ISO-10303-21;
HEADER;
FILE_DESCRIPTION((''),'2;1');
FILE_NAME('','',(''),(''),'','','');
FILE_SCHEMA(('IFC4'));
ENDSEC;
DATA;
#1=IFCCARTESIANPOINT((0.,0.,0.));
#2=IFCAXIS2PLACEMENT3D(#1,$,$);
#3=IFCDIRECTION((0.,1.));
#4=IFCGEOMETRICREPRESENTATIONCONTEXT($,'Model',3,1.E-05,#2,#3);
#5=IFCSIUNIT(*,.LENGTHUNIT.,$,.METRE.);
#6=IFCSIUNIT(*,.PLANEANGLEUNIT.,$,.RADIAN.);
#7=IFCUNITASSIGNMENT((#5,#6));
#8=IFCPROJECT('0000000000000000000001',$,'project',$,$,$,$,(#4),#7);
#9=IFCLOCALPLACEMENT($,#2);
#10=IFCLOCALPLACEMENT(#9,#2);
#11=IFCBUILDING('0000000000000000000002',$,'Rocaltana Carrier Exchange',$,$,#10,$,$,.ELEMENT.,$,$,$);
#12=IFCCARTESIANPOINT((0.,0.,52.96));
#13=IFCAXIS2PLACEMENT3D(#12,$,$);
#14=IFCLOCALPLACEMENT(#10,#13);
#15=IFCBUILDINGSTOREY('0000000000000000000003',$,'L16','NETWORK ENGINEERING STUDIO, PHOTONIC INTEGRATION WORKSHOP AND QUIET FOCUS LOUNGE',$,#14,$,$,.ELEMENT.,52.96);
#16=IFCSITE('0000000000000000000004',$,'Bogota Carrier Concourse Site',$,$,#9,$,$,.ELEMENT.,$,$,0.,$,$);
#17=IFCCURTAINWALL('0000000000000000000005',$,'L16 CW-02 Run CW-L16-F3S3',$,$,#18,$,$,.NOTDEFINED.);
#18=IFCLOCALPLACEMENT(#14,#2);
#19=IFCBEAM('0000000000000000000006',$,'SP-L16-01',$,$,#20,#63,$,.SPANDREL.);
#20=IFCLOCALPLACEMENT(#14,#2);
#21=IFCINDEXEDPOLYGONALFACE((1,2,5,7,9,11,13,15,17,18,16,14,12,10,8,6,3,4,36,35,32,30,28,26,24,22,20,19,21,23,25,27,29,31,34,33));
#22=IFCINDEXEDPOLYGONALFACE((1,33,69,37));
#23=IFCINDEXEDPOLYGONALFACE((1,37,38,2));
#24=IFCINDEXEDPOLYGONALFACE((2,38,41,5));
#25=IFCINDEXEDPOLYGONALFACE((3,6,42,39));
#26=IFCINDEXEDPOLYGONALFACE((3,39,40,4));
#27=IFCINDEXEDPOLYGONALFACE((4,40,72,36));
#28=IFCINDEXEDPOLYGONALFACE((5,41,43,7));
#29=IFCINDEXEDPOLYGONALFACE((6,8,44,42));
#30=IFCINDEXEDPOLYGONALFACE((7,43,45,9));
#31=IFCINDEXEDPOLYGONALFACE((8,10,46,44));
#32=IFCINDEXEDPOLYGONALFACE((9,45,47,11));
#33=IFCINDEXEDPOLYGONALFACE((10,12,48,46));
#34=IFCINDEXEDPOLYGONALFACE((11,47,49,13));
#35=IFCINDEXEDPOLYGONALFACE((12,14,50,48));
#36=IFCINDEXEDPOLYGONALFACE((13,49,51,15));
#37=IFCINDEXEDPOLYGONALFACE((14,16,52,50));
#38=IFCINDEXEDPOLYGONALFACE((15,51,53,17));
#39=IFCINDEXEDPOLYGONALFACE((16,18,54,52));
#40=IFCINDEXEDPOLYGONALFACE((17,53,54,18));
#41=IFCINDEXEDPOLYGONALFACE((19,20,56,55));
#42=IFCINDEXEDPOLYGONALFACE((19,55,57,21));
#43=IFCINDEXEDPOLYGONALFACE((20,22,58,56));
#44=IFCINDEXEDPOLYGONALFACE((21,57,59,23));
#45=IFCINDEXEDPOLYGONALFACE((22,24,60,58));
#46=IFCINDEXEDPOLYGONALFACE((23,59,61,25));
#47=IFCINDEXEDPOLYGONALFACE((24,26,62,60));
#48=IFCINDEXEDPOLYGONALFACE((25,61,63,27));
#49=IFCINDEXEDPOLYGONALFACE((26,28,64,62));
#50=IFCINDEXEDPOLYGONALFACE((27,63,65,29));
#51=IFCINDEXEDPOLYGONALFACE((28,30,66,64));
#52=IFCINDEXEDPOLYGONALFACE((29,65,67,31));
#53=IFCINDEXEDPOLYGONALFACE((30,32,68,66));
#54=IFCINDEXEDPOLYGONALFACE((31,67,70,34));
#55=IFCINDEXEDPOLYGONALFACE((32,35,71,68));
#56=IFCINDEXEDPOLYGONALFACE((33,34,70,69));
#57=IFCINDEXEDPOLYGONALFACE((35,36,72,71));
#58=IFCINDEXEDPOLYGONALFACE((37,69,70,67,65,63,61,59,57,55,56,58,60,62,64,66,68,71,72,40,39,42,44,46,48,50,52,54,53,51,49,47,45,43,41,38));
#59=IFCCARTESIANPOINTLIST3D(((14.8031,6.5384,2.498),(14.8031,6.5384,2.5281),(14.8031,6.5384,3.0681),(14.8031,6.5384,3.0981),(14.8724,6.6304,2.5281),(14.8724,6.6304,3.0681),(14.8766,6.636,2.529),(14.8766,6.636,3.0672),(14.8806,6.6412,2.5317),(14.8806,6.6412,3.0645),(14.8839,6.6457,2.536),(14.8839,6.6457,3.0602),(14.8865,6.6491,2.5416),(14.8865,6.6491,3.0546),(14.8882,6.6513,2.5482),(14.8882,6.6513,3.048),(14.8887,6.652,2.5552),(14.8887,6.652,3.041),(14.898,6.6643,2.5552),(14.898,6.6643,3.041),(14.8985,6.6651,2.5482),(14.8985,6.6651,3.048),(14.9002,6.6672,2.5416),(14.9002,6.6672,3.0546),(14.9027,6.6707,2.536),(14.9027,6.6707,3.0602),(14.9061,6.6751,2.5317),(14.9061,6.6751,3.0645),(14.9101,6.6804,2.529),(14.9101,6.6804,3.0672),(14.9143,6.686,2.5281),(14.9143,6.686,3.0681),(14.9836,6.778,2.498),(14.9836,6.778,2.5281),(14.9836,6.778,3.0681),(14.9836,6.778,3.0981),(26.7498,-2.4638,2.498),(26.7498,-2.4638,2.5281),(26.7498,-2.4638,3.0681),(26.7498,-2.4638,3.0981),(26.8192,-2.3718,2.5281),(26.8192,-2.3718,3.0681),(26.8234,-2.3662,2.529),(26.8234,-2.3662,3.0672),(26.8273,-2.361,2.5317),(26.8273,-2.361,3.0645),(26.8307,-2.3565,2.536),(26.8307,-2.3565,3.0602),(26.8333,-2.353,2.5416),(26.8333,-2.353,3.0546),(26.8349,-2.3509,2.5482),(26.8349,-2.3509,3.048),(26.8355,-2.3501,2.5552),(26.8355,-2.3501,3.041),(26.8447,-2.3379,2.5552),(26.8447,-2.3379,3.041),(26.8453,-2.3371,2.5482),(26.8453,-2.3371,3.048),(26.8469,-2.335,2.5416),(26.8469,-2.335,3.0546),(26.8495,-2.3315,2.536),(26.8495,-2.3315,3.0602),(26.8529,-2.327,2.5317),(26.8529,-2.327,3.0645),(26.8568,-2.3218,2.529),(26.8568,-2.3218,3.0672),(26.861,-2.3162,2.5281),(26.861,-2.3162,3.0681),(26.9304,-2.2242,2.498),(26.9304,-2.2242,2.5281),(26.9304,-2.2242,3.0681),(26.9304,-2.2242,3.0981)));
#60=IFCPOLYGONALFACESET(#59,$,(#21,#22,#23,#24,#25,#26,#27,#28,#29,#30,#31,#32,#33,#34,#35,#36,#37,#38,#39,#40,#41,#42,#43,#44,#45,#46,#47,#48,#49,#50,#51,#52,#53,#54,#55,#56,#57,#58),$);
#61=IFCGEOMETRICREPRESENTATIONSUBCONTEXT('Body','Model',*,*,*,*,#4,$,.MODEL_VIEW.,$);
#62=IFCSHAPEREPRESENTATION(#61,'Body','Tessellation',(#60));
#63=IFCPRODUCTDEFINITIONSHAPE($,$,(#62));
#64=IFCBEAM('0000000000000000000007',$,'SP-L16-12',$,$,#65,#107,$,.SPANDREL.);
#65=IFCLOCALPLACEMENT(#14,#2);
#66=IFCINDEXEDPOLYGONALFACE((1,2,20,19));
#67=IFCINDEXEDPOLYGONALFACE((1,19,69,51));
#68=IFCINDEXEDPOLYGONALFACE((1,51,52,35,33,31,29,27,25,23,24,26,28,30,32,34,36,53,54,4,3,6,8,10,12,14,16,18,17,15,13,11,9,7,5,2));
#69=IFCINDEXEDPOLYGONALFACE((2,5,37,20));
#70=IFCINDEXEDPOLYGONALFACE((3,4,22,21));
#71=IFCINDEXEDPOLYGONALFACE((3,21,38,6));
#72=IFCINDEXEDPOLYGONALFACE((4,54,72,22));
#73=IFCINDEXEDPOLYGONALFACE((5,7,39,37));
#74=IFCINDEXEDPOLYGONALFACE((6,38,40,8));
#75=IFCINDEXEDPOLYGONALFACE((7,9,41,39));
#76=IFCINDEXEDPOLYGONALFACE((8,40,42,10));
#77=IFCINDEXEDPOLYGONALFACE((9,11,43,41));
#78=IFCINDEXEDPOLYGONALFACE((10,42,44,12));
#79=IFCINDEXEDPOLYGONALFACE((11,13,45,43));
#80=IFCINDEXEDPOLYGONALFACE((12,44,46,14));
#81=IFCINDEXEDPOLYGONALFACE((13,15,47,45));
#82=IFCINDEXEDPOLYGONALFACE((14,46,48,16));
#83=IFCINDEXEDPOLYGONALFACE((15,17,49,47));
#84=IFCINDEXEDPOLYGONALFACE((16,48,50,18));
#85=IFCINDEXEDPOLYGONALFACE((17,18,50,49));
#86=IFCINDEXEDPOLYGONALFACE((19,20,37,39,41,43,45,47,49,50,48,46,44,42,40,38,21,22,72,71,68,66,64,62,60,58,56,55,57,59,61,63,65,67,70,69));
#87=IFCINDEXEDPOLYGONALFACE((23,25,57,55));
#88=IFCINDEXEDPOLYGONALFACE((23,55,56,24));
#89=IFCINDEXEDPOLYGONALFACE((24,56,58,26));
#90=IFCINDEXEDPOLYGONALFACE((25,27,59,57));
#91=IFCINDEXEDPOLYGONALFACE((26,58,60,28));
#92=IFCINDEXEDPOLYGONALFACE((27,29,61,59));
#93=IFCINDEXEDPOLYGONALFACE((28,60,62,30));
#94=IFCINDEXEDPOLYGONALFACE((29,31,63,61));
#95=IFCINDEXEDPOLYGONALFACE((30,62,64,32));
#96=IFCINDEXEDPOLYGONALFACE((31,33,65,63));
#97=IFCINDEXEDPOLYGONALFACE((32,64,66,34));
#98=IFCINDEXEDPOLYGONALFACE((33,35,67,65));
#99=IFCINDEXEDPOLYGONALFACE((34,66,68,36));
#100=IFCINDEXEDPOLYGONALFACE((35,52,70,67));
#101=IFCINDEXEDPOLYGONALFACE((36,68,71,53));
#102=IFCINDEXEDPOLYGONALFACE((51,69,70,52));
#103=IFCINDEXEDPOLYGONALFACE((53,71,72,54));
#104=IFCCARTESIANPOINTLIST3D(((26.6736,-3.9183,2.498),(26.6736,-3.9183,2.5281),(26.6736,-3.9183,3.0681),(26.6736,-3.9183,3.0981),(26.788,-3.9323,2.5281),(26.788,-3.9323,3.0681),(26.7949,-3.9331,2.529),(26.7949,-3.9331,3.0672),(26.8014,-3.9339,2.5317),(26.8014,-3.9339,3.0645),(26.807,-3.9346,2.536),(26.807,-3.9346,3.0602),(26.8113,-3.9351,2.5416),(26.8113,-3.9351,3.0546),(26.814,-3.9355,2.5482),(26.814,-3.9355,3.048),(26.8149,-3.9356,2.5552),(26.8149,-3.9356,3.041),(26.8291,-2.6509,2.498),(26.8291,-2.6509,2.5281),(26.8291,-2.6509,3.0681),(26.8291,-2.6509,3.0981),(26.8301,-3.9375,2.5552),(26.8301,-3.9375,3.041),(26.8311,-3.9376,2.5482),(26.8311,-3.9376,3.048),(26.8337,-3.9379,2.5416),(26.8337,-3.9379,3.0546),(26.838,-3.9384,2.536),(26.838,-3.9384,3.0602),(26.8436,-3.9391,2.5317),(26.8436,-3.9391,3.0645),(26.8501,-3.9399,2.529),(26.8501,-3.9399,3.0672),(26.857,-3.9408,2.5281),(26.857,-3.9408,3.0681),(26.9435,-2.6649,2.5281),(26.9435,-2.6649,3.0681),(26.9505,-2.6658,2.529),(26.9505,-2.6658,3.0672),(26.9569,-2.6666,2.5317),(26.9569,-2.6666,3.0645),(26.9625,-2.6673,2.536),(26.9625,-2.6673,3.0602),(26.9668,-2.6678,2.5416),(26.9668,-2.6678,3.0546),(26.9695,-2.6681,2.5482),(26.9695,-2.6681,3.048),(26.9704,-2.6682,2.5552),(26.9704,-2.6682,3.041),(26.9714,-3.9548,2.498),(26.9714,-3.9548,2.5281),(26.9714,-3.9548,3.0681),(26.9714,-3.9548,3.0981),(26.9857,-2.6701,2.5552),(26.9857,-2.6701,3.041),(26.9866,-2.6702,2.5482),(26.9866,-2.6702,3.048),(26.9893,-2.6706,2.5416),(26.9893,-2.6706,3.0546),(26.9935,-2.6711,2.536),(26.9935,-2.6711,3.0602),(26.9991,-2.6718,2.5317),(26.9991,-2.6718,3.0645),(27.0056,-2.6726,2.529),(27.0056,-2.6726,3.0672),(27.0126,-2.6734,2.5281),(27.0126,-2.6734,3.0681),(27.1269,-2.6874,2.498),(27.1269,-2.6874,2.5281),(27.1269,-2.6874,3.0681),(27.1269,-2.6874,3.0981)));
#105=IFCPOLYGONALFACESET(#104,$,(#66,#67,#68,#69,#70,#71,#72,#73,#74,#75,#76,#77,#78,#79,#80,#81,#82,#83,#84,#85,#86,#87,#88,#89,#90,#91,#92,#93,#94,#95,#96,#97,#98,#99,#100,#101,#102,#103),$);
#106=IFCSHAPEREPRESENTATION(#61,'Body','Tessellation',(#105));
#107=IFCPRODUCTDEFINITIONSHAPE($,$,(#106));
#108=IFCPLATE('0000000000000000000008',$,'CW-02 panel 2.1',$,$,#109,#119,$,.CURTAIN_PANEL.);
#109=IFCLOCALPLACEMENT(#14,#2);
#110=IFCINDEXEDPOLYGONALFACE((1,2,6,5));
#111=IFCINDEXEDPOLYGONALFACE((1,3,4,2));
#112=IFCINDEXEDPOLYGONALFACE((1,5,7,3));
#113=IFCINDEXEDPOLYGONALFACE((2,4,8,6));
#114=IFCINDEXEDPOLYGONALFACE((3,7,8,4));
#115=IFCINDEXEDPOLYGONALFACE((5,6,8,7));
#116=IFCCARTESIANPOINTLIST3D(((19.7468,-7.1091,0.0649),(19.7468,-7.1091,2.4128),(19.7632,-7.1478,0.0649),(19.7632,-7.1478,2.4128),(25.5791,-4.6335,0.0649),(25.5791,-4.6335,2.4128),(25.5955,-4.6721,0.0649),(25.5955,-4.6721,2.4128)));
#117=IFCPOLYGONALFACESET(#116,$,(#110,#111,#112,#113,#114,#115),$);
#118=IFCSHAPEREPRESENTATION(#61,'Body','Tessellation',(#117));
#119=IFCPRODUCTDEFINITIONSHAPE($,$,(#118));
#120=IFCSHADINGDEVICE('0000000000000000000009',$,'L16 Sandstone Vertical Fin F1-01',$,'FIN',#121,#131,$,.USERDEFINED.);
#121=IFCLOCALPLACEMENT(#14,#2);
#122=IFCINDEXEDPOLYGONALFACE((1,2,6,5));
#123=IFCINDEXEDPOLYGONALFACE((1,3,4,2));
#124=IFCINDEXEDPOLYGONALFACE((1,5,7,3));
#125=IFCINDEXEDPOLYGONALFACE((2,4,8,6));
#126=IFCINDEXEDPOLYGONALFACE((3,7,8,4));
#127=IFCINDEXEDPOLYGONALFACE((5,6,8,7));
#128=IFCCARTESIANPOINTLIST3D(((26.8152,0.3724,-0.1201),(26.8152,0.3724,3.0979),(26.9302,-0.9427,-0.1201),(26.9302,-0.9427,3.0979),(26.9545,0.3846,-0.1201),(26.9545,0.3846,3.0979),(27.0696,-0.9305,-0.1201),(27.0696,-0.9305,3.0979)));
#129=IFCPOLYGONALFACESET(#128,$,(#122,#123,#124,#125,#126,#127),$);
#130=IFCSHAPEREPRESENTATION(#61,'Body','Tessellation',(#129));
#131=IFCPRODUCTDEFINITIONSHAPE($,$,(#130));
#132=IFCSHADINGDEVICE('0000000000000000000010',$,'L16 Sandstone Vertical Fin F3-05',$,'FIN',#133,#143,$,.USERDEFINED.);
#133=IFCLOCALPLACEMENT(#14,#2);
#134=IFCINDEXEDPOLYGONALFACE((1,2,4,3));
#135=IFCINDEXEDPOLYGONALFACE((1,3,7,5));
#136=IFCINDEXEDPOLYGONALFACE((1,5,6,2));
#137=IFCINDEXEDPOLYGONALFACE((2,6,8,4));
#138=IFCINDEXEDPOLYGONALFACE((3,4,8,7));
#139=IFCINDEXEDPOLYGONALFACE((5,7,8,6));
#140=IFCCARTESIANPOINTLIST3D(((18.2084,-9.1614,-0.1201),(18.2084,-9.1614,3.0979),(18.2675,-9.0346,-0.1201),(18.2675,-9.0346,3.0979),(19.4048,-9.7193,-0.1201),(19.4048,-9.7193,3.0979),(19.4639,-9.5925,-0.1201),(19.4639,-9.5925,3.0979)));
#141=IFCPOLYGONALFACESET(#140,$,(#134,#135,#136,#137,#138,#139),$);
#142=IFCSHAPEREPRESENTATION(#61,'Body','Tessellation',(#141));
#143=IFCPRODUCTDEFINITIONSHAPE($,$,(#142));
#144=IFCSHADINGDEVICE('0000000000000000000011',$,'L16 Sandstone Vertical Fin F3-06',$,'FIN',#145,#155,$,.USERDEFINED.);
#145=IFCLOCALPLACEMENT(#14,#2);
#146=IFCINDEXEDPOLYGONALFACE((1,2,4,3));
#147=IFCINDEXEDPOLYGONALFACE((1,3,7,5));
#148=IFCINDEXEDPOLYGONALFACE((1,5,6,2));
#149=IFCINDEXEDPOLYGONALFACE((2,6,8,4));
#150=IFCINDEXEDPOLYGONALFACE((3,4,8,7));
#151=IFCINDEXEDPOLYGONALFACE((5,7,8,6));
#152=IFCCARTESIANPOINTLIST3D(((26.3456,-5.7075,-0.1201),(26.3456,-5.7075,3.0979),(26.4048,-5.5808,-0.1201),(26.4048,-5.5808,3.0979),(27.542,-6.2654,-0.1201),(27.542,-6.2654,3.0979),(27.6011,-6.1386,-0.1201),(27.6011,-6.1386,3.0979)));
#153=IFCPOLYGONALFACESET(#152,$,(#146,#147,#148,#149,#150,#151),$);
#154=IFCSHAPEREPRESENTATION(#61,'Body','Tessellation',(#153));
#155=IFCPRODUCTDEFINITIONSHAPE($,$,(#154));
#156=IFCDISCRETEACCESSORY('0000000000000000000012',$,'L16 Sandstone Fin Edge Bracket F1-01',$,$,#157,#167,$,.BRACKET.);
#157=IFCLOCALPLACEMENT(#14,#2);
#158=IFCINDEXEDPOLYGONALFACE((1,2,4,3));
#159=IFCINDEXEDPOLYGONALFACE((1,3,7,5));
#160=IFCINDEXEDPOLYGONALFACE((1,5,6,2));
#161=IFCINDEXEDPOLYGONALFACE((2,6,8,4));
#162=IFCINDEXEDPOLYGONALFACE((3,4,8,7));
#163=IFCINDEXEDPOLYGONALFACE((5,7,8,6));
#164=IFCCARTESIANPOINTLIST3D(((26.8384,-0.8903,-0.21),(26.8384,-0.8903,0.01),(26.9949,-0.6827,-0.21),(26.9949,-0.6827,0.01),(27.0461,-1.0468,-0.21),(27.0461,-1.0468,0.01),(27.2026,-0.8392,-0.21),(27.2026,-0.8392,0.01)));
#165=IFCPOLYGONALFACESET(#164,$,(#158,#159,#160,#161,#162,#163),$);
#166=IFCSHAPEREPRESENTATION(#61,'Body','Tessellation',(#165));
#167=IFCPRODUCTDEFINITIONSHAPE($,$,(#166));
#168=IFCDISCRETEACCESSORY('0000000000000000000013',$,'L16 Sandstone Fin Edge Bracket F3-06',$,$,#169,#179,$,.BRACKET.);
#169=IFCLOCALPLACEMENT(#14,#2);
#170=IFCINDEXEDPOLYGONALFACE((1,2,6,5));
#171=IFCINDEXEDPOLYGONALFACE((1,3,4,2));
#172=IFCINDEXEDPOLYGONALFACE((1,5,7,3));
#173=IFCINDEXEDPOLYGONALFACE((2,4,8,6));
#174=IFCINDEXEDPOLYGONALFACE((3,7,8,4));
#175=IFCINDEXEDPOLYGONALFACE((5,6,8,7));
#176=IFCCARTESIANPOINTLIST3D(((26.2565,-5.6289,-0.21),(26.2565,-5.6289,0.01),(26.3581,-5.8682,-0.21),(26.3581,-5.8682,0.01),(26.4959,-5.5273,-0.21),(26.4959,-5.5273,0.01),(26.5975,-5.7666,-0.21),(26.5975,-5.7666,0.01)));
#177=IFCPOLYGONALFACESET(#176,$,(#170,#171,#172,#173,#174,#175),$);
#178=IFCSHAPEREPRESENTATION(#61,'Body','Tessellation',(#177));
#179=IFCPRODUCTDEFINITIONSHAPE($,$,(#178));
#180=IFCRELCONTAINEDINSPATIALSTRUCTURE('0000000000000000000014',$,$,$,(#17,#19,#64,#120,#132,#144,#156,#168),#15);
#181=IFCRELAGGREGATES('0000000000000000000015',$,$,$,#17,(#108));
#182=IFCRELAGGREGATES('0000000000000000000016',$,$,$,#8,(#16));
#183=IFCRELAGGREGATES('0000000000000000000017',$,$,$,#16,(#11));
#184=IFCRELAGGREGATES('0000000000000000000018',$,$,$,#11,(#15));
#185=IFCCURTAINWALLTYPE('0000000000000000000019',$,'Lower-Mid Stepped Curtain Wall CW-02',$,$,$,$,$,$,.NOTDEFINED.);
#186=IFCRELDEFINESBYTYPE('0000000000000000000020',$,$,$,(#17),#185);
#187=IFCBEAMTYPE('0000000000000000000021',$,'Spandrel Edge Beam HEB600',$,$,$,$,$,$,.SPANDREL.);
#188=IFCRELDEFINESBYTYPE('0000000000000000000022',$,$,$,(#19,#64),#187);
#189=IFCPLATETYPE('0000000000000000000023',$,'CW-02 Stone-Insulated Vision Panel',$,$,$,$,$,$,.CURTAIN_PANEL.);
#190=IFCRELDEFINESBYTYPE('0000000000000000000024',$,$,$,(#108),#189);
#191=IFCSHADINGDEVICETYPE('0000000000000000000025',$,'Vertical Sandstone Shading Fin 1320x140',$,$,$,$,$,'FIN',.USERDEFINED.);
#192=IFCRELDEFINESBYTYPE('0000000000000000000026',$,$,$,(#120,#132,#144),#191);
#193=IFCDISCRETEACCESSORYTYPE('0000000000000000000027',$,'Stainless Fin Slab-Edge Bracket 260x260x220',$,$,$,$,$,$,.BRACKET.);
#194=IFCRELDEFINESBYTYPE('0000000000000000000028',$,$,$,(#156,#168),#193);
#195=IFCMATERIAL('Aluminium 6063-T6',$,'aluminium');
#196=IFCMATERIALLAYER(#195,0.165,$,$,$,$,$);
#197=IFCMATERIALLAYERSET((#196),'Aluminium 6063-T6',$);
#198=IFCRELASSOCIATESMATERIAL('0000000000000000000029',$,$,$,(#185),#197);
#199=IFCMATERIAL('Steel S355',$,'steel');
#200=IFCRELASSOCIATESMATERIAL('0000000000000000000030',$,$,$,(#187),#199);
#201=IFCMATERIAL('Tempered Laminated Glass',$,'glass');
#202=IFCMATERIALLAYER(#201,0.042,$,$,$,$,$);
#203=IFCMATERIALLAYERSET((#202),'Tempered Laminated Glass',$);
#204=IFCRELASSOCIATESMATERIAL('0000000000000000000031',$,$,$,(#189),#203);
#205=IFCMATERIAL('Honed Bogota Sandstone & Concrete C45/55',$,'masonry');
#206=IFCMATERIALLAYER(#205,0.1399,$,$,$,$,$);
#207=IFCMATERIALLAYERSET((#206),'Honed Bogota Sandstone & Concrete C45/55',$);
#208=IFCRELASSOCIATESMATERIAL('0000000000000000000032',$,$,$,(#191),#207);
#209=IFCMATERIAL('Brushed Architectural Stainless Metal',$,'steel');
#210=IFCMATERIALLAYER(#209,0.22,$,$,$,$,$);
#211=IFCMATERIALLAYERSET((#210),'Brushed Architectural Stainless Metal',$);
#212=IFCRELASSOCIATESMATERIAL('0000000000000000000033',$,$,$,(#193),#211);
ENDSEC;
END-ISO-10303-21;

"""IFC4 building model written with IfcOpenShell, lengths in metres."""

from ifc_helpers import new_model, si_unit, direction, frame, origin, origin_2d, place, context, subcontext, project, spatial, rectangle, i_section, extrude, material, layer, layer_set, material_profile, profile_set, type_object, element, aggregate, save


model = new_model("IFC4")

# Units and contexts
model_context = context("Model", 3, precision=1e-05, world=origin(), true_north=direction((0.0, 1.0)))
body_context = subcontext(model_context, "Body", "Model", "MODEL_VIEW")
ifc_project = project(units=[si_unit("LENGTHUNIT", "METRE"), si_unit("PLANEANGLEUNIT", "RADIAN")], contexts=[model_context])

# Site, building, storey
site_placement = place(None, origin())
site = spatial("IfcSite", under=ifc_project, at=site_placement, Name="Bogota Carrier Concourse Site", CompositionType="ELEMENT", RefElevation=0.0)
building_placement = place(site_placement, origin())
building = spatial("IfcBuilding", under=site, at=building_placement, Name="Rocaltana Carrier Exchange", CompositionType="ELEMENT")
storey_placement = place(building_placement, frame((0.0, 0.0, 52.96)))
storey = spatial("IfcBuildingStorey", under=building, at=storey_placement, Name="L16", Description="NETWORK ENGINEERING STUDIO, PHOTONIC INTEGRATION WORKSHOP AND QUIET FOCUS LOUNGE", CompositionType="ELEMENT", Elevation=52.96)

# Shared definitions
ifc_material_1 = material(Name="Aluminium 6063-T6", Category="aluminium")
ifc_layer_1 = layer(ifc_material_1, 0.165)
ifc_layer_set_1 = layer_set([ifc_layer_1], Name="Aluminium 6063-T6")
curtain_wall_type = type_object("IfcCurtainWallType", Name="Lower-Mid Stepped Curtain Wall CW-02", PredefinedType="NOTDEFINED", material=ifc_layer_set_1)

# Curtain wall
curtain_wall_1_placement = place(storey_placement, origin())
curtain_wall_1 = element("IfcCurtainWall", 1, at=curtain_wall_1_placement, inside=storey, type_object=curtain_wall_type, Name="L16 CW-02 Run CW-L16-F3S3", PredefinedType="NOTDEFINED")

# Beams
ifc_material_2 = material(Name="Steel S355", Category="steel")
ifc_material_profile_1 = material_profile(ifc_material_2, i_section(OverallWidth=0.3, OverallDepth=0.6001, WebThickness=0.0154, FlangeThickness=0.03, FilletRadius=0.0271, at=origin_2d()), Name="HEB600")
ifc_profile_set_1 = profile_set([ifc_material_profile_1], Name="Steel S355")
beam_type_1 = type_object("IfcBeamType", Name="Spandrel Edge Beam HEB600", PredefinedType="SPANDREL", material=ifc_profile_set_1)
beam_1_placement = place(storey_placement, frame((26.8401, -2.344, 2.7981), z_axis=(-0.798647, 0.6018, 0.0), x_axis=(-0.6018, -0.798647, 0.0)))
element("IfcBeam", 2, at=beam_1_placement, inside=storey, type_object=beam_type_1, Name="SP-L16-01", PredefinedType="SPANDREL", context=body_context, shape_type="SweptSolid", body=[
    extrude(i_section(OverallWidth=0.3, OverallDepth=0.6001, WebThickness=0.0154, FlangeThickness=0.03, FilletRadius=0.0271, at=origin_2d()), origin(), (0.0, 0.0, 1.0), 14.9587),
])
beam_2_placement = place(storey_placement, frame((26.8225, -3.9365, 2.7981), z_axis=(0.121799, 0.992555, 0.0), x_axis=(-0.992555, 0.121799, 0.0)))
element("IfcBeam", 3, at=beam_2_placement, inside=storey, type_object=beam_type_1, Name="SP-L16-12", PredefinedType="SPANDREL", context=body_context, shape_type="SweptSolid", body=[
    extrude(i_section(OverallWidth=0.3, OverallDepth=0.6001, WebThickness=0.0154, FlangeThickness=0.03, FilletRadius=0.0271, at=origin_2d()), origin(), (0.0, 0.0, 1.0), 1.2769),
])

# Plate
ifc_material_3 = material(Name="Tempered Laminated Glass", Category="glass")
ifc_layer_2 = layer(ifc_material_3, 0.042)
ifc_layer_set_2 = layer_set([ifc_layer_2], Name="Tempered Laminated Glass")
plate_type = type_object("IfcPlateType", Name="CW-02 Stone-Insulated Vision Panel", PredefinedType="CURTAIN_PANEL", material=ifc_layer_set_2)
plate_placement = place(storey_placement, frame((22.6711, -5.8906, 0.0649), z_axis=(0.0, 0.0, 1.0), x_axis=(0.920503, 0.390735, 0.0)))
plate = element("IfcPlate", 4, at=plate_placement, type_object=plate_type, Name="CW-02 panel 2.1", PredefinedType="CURTAIN_PANEL", context=body_context, shape_type="SweptSolid", body=[
    extrude(rectangle(XDim=6.3359, YDim=0.042, at=origin_2d()), origin(), (0.0, 0.0, 1.0), 2.3479),
])
aggregate(curtain_wall_1, [plate])

# Shading devices
ifc_material_4 = material(Name="Honed Bogota Sandstone & Concrete C45/55", Category="masonry")
ifc_layer_3 = layer(ifc_material_4, 0.1399)
ifc_layer_set_3 = layer_set([ifc_layer_3], Name="Honed Bogota Sandstone & Concrete C45/55")
shading_device_type = type_object("IfcShadingDeviceType", Name="Vertical Sandstone Shading Fin 1320x140", ElementType="FIN", PredefinedType="USERDEFINED", material=ifc_layer_set_3)
for number, where, z_axis, x_axis, name in (
    (5, (26.9424, -0.2791, -0.1201), (0.0, 0.0, 1.0), (-0.087156, 0.996195, 0.0), "L16 Sandstone Vertical Fin F1-01"),
    (6, (18.8362, -9.377, -0.1201), (0.0, 0.0, 1.0), (0.906308, -0.422618, 0.0), "L16 Sandstone Vertical Fin F3-05"),
    (7, (26.9734, -5.9231, -0.1201), (0.0, 0.0, 1.0), (0.906308, -0.422618, 0.0), "L16 Sandstone Vertical Fin F3-06"),
):
    element("IfcShadingDevice", number, at=place(storey_placement, frame(where, z_axis=z_axis, x_axis=x_axis)), inside=storey, type_object=shading_device_type, Name=name, ObjectType="FIN", PredefinedType="USERDEFINED", context=body_context, shape_type="SweptSolid", body=[
        extrude(rectangle(XDim=1.3201, YDim=0.1399, at=origin_2d()), origin(), (0.0, 0.0, 1.0), 3.218),
    ])

# Discrete accessories
ifc_material_5 = material(Name="Brushed Architectural Stainless Metal", Category="steel")
ifc_layer_4 = layer(ifc_material_5, 0.22)
ifc_layer_set_4 = layer_set([ifc_layer_4], Name="Brushed Architectural Stainless Metal")
discrete_accessory_type = type_object("IfcDiscreteAccessoryType", Name="Stainless Fin Slab-Edge Bracket 260x260x220", PredefinedType="BRACKET", material=ifc_layer_set_4)
for number, where, z_axis, x_axis, name in (
    (8, (27.0205, -0.8647, -0.21), (0.0, 0.0, 1.0), (-0.798636, 0.601815, 0.0), "L16 Sandstone Fin Edge Bracket F1-01"),
    (9, (26.427, -5.6978, -0.21), (0.0, 0.0, 1.0), (0.920505, 0.390731, 0.0), "L16 Sandstone Fin Edge Bracket F3-06"),
):
    element("IfcDiscreteAccessory", number, at=place(storey_placement, frame(where, z_axis=z_axis, x_axis=x_axis)), inside=storey, type_object=discrete_accessory_type, Name=name, PredefinedType="BRACKET", context=body_context, shape_type="SweptSolid", body=[
        extrude(rectangle(XDim=0.26, YDim=0.26, at=origin_2d()), origin(), (0.0, 0.0, 1.0), 0.22),
    ])

save(model, "model.ifc")
